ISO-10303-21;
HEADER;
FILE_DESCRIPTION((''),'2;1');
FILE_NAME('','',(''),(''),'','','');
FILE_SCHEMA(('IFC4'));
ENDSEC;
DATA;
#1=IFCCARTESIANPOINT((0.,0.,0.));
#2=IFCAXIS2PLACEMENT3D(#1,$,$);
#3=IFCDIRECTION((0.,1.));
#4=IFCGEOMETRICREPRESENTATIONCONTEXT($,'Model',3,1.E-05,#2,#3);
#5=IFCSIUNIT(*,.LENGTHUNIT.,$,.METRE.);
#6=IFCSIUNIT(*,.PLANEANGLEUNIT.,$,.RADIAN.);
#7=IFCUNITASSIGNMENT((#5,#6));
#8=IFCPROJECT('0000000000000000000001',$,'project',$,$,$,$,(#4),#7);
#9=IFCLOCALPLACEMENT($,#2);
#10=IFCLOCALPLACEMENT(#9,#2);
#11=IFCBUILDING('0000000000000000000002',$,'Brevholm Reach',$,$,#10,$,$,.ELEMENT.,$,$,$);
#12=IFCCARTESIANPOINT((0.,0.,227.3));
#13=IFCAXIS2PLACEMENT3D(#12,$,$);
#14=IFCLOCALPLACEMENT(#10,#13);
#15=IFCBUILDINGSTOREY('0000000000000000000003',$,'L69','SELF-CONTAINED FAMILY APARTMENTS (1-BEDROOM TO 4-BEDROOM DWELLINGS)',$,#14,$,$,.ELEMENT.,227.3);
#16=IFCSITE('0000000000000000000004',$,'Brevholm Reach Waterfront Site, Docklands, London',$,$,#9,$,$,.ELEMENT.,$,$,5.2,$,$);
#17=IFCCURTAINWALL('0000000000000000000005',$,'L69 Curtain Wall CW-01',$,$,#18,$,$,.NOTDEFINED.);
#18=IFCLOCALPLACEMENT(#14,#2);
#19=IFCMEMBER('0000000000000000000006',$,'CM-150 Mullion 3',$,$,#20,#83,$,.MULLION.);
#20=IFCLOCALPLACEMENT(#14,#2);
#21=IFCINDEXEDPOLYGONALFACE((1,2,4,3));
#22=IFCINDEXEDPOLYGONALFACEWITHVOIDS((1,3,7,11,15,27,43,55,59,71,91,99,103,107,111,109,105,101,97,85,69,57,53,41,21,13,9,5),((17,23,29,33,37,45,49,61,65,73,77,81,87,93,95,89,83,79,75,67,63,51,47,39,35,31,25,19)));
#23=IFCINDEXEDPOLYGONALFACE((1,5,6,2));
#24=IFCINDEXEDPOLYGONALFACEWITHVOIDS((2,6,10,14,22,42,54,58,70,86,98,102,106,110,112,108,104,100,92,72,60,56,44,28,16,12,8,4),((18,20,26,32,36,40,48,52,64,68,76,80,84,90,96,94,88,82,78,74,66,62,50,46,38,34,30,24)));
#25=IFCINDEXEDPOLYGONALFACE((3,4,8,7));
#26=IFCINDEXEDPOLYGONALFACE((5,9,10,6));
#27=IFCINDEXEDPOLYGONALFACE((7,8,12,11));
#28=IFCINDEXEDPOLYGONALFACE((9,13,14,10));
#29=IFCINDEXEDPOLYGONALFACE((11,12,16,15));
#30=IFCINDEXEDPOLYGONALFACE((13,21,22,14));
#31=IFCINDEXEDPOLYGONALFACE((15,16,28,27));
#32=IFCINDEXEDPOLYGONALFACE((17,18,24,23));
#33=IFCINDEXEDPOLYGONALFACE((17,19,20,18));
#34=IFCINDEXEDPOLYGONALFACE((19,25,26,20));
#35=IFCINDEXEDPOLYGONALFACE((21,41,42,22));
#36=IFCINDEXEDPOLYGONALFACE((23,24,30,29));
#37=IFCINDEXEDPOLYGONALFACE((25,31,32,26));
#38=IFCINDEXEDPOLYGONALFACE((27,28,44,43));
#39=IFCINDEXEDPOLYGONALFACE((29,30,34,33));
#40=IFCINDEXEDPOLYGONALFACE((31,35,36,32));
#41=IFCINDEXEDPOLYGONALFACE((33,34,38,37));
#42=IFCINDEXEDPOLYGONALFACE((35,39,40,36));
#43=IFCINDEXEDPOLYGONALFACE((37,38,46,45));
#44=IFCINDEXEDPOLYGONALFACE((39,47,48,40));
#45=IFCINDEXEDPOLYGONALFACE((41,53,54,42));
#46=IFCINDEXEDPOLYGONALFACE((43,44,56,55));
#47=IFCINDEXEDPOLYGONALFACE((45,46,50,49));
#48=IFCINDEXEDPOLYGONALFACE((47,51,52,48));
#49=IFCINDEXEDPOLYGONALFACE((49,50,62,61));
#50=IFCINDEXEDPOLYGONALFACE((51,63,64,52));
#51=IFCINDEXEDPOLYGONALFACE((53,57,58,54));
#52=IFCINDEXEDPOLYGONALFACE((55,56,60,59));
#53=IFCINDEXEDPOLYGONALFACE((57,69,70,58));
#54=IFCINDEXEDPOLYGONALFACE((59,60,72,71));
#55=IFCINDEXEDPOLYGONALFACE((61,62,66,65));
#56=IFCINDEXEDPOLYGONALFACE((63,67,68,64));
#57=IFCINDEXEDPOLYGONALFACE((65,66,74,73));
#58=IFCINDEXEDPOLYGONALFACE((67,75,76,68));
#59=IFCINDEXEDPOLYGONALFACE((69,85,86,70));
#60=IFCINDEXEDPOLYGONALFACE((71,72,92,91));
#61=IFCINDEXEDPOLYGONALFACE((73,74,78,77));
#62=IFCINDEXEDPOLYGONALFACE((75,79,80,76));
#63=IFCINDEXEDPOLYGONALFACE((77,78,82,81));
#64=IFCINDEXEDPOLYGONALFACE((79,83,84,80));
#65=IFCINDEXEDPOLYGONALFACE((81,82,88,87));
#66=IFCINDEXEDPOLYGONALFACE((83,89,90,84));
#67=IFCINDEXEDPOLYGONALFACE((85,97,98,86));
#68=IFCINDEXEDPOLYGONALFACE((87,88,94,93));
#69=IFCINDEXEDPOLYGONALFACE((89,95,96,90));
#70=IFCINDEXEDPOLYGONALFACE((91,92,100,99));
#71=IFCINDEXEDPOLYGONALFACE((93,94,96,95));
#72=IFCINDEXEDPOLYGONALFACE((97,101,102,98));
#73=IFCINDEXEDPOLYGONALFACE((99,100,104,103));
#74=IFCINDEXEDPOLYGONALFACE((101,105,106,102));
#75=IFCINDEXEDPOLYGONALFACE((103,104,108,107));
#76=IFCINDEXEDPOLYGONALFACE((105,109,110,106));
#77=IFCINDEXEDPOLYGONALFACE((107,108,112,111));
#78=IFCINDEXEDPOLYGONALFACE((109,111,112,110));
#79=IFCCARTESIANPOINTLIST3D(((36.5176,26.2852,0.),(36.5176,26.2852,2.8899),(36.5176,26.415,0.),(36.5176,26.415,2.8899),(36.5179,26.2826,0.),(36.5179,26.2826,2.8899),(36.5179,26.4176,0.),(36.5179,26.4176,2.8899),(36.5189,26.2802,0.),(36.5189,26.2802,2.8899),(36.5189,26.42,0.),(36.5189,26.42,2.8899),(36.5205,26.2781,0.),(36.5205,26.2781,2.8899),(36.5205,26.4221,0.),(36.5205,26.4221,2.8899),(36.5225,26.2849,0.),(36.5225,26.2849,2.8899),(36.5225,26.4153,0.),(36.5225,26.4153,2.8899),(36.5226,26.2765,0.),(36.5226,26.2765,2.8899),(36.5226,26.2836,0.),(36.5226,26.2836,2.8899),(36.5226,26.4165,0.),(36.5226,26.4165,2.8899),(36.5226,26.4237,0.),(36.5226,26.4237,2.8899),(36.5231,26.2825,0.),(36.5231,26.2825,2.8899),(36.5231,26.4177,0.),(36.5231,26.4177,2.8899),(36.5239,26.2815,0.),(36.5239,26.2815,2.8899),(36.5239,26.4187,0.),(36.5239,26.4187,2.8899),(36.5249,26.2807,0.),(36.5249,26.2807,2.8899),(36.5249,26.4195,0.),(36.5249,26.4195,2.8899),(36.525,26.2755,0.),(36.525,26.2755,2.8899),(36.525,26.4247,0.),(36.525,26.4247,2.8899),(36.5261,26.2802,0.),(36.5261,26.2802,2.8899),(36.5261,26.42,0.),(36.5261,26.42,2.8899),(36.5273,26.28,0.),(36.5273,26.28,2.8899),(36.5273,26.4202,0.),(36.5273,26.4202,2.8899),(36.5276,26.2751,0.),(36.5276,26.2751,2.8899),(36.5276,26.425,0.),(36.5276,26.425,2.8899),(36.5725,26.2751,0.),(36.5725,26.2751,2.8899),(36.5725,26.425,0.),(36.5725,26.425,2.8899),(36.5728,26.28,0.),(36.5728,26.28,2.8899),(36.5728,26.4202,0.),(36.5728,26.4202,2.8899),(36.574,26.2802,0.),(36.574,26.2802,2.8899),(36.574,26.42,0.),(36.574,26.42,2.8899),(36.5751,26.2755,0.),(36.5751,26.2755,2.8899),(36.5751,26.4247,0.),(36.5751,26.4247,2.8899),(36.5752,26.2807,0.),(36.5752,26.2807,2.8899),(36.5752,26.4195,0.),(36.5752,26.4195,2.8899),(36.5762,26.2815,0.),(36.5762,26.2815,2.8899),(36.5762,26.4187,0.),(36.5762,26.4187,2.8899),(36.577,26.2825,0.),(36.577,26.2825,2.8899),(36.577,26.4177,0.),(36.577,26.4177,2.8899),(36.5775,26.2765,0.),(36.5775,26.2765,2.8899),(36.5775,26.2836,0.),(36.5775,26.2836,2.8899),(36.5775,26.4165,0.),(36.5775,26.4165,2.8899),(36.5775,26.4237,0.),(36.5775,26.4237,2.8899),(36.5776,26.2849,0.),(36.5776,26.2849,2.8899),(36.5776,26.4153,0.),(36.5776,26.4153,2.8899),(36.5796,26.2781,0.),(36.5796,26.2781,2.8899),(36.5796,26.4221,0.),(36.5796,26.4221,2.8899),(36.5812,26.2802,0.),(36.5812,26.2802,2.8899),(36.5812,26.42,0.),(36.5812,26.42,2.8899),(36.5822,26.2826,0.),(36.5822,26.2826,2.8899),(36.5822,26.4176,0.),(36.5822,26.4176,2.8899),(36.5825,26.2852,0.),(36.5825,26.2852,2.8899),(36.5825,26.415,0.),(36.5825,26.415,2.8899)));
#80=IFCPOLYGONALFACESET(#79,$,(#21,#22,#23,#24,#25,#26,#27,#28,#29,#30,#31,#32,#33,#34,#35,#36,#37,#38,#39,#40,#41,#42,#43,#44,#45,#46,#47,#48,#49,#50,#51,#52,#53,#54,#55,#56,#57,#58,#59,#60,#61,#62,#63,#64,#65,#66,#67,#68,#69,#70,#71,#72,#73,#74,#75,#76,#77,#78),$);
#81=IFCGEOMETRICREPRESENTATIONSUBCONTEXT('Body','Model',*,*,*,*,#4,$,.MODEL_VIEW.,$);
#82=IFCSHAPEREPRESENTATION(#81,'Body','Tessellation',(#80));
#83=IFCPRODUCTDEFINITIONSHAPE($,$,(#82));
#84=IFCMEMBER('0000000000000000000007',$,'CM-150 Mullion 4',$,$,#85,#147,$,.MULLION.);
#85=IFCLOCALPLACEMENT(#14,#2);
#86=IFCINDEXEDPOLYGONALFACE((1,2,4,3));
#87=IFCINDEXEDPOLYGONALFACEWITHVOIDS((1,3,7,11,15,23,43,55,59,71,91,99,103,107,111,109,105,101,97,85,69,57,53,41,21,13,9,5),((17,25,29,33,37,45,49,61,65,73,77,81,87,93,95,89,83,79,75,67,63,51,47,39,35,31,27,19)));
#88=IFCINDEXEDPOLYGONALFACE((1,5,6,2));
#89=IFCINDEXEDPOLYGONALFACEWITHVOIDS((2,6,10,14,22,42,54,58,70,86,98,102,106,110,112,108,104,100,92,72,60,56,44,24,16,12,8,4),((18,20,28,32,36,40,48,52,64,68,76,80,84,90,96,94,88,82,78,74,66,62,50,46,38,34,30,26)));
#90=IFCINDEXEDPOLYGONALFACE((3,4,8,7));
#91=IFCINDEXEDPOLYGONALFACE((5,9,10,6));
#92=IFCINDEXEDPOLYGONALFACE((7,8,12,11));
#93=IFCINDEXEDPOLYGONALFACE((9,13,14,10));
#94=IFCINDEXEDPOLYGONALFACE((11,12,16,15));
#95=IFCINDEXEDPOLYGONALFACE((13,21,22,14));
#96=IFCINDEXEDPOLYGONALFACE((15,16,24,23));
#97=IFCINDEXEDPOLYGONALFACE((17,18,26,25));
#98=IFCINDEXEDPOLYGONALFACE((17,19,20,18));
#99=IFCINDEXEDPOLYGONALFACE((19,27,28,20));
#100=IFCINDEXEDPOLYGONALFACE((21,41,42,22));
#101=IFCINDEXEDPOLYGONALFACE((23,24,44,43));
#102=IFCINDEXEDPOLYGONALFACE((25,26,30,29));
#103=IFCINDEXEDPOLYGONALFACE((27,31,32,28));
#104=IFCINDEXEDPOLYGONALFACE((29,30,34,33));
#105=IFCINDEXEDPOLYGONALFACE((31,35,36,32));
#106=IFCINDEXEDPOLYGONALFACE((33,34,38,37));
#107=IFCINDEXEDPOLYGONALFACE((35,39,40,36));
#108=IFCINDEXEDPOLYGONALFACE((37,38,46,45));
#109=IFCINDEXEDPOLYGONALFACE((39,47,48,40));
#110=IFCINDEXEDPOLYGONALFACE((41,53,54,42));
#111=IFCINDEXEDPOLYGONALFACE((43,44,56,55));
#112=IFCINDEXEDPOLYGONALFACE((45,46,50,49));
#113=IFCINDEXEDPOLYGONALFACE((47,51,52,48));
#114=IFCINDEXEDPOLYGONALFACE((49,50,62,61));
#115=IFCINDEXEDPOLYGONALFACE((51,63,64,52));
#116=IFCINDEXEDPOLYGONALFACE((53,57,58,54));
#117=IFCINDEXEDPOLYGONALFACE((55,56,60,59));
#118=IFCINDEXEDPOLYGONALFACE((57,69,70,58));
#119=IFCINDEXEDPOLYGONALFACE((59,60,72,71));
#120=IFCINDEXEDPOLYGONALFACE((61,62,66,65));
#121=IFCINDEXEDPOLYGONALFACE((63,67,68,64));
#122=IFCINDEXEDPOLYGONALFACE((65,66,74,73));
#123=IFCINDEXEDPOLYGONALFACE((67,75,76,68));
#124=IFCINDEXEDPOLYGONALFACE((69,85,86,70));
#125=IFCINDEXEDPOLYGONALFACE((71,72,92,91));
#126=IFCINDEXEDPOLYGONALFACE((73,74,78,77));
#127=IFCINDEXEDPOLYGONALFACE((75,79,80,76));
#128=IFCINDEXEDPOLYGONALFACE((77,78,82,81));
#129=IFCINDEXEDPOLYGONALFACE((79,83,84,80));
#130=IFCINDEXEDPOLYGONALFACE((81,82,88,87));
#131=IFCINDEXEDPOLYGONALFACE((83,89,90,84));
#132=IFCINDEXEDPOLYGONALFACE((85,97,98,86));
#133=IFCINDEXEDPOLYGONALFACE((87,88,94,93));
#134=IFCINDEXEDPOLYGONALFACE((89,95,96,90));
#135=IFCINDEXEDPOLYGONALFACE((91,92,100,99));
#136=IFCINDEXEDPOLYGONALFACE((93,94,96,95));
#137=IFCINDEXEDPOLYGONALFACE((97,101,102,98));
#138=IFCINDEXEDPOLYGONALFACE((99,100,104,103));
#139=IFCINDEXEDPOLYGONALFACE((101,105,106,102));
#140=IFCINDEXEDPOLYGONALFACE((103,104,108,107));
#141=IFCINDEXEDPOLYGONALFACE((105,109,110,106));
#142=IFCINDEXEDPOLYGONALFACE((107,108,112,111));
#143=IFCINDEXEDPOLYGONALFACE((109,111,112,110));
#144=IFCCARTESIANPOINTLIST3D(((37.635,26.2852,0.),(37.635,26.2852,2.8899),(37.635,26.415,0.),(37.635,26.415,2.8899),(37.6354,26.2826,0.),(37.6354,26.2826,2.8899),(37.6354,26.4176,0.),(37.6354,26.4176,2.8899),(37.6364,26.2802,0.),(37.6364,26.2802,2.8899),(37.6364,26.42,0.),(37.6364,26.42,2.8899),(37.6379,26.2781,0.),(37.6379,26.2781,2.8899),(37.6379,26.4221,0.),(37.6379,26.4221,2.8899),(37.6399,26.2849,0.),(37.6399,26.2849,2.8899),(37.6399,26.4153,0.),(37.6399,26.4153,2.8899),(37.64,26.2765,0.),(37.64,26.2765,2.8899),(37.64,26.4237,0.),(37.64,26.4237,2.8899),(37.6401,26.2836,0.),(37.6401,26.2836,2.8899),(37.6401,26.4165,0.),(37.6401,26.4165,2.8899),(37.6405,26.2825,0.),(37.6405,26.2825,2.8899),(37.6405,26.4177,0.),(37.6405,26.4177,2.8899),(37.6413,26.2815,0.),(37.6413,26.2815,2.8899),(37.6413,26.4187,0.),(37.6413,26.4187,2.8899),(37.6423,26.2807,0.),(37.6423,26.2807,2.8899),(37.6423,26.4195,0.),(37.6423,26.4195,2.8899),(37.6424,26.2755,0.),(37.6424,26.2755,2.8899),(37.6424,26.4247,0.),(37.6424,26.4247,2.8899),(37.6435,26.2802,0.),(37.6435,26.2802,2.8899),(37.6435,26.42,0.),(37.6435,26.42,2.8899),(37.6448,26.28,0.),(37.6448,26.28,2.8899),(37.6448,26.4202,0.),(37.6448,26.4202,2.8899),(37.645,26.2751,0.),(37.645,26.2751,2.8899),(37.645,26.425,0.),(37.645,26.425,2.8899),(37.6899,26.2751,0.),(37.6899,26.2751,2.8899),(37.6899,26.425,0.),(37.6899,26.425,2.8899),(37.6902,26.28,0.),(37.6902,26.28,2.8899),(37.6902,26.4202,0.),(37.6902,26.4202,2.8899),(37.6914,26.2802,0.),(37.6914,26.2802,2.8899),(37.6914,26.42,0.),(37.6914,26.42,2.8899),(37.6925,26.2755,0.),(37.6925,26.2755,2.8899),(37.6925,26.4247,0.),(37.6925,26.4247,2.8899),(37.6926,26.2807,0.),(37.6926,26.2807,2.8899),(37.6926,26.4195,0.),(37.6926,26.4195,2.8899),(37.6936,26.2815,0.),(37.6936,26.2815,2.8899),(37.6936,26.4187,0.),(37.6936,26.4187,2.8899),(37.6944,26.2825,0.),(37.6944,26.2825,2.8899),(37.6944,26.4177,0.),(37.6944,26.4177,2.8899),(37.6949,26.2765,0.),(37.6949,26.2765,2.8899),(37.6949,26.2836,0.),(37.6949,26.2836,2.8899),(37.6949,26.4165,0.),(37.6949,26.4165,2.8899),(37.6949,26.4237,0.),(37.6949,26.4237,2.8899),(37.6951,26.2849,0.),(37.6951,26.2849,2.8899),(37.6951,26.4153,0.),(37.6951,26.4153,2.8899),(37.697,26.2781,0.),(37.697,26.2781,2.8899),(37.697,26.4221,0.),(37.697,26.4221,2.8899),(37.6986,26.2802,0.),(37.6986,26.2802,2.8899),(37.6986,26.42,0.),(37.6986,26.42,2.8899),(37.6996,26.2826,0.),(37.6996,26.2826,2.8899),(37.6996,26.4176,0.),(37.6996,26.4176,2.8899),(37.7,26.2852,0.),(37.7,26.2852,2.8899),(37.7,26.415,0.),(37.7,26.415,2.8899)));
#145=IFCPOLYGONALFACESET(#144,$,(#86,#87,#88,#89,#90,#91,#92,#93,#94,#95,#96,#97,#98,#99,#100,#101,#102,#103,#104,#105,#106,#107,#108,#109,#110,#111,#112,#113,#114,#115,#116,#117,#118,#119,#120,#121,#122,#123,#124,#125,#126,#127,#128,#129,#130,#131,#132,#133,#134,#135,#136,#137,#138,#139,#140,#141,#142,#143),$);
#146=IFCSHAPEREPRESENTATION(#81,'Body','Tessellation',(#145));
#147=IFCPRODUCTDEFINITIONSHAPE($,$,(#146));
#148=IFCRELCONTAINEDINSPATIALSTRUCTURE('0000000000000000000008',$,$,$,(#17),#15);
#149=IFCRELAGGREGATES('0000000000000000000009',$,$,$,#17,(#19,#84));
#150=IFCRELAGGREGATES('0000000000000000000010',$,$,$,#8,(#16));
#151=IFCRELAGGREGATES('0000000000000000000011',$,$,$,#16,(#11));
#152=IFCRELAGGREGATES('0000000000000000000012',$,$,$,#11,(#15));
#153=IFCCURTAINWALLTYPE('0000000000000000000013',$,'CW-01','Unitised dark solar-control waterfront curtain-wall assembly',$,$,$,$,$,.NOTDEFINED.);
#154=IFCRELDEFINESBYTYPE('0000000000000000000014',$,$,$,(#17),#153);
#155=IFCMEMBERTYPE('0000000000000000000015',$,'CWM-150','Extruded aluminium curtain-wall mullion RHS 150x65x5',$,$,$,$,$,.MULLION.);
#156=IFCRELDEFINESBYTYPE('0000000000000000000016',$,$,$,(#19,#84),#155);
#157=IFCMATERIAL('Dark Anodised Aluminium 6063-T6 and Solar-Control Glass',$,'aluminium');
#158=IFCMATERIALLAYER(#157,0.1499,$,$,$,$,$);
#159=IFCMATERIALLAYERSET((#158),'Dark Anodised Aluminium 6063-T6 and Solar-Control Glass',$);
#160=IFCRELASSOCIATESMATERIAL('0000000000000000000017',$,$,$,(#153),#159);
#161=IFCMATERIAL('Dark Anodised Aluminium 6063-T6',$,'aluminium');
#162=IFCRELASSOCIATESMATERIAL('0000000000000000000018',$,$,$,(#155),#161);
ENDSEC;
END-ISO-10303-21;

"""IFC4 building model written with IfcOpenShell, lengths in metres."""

from ifc_helpers import new_model, si_unit, direction, frame, origin, origin_2d, place, context, subcontext, project, spatial, hollow_rectangle, extrude, material, layer, layer_set, material_profile, profile_set, type_object, element, aggregate, save


model = new_model("IFC4")

# Units and contexts
model_context = context("Model", 3, precision=1e-05, world=origin(), true_north=direction((0.0, 1.0)))
body_context = subcontext(model_context, "Body", "Model", "MODEL_VIEW")
ifc_project = project(units=[si_unit("LENGTHUNIT", "METRE"), si_unit("PLANEANGLEUNIT", "RADIAN")], contexts=[model_context])

# Site, building, storey
site_placement = place(None, origin())
site = spatial("IfcSite", under=ifc_project, at=site_placement, Name="Brevholm Reach Waterfront Site, Docklands, London", CompositionType="ELEMENT", RefElevation=5.2)
building_placement = place(site_placement, origin())
building = spatial("IfcBuilding", under=site, at=building_placement, Name="Brevholm Reach", CompositionType="ELEMENT")
storey_placement = place(building_placement, frame((0.0, 0.0, 227.3)))
storey = spatial("IfcBuildingStorey", under=building, at=storey_placement, Name="L69", Description="SELF-CONTAINED FAMILY APARTMENTS (1-BEDROOM TO 4-BEDROOM DWELLINGS)", CompositionType="ELEMENT", Elevation=227.3)

# Curtain wall, members
ifc_material_1 = material(Name="Dark Anodised Aluminium 6063-T6 and Solar-Control Glass", Category="aluminium")
ifc_layer_1 = layer(ifc_material_1, 0.1499)
ifc_layer_set_1 = layer_set([ifc_layer_1], Name="Dark Anodised Aluminium 6063-T6 and Solar-Control Glass")
curtain_wall_type = type_object("IfcCurtainWallType", Name="CW-01", Description="Unitised dark solar-control waterfront curtain-wall assembly", PredefinedType="NOTDEFINED", material=ifc_layer_set_1)
curtain_wall_placement = place(storey_placement, origin())
curtain_wall = element("IfcCurtainWall", 1, at=curtain_wall_placement, inside=storey, type_object=curtain_wall_type, Name="L69 Curtain Wall CW-01", PredefinedType="NOTDEFINED")
ifc_material_2 = material(Name="Dark Anodised Aluminium 6063-T6", Category="aluminium")
ifc_material_profile_1 = material_profile(ifc_material_2, hollow_rectangle(XDim=0.0649, YDim=0.1499, WallThickness=0.0049, InnerFilletRadius=0.0049, OuterFilletRadius=0.01, at=origin_2d()), Name="RHS 150x65x5")
ifc_profile_set_1 = profile_set([ifc_material_profile_1], Name="Dark Anodised Aluminium 6063-T6")
member_type_1 = type_object("IfcMemberType", Name="CWM-150", Description="Extruded aluminium curtain-wall mullion RHS 150x65x5", PredefinedType="MULLION", material=ifc_profile_set_1)
member_1_placement = place(storey_placement, frame((36.55, 26.3501, 0.0), z_axis=(0.0, 0.0, 1.0), x_axis=(1.0, 0.0, 0.0)))
member_1 = element("IfcMember", 2, at=member_1_placement, type_object=member_type_1, Name="CM-150 Mullion 3", PredefinedType="MULLION", context=body_context, shape_type="SweptSolid", body=[
    extrude(hollow_rectangle(XDim=0.0649, YDim=0.1499, WallThickness=0.0049, InnerFilletRadius=0.0049, OuterFilletRadius=0.01, at=origin_2d()), origin(), (0.0, 0.0, 1.0), 2.8899),
])
member_2_placement = place(storey_placement, frame((37.6675, 26.3501, 0.0), z_axis=(0.0, 0.0, 1.0), x_axis=(1.0, 0.0, 0.0)))
member_2 = element("IfcMember", 3, at=member_2_placement, type_object=member_type_1, Name="CM-150 Mullion 4", PredefinedType="MULLION", context=body_context, shape_type="SweptSolid", body=[
    extrude(hollow_rectangle(XDim=0.0649, YDim=0.1499, WallThickness=0.0049, InnerFilletRadius=0.0049, OuterFilletRadius=0.01, at=origin_2d()), origin(), (0.0, 0.0, 1.0), 2.8899),
])
aggregate(curtain_wall, [member_1, member_2])

save(model, "model.ifc")
